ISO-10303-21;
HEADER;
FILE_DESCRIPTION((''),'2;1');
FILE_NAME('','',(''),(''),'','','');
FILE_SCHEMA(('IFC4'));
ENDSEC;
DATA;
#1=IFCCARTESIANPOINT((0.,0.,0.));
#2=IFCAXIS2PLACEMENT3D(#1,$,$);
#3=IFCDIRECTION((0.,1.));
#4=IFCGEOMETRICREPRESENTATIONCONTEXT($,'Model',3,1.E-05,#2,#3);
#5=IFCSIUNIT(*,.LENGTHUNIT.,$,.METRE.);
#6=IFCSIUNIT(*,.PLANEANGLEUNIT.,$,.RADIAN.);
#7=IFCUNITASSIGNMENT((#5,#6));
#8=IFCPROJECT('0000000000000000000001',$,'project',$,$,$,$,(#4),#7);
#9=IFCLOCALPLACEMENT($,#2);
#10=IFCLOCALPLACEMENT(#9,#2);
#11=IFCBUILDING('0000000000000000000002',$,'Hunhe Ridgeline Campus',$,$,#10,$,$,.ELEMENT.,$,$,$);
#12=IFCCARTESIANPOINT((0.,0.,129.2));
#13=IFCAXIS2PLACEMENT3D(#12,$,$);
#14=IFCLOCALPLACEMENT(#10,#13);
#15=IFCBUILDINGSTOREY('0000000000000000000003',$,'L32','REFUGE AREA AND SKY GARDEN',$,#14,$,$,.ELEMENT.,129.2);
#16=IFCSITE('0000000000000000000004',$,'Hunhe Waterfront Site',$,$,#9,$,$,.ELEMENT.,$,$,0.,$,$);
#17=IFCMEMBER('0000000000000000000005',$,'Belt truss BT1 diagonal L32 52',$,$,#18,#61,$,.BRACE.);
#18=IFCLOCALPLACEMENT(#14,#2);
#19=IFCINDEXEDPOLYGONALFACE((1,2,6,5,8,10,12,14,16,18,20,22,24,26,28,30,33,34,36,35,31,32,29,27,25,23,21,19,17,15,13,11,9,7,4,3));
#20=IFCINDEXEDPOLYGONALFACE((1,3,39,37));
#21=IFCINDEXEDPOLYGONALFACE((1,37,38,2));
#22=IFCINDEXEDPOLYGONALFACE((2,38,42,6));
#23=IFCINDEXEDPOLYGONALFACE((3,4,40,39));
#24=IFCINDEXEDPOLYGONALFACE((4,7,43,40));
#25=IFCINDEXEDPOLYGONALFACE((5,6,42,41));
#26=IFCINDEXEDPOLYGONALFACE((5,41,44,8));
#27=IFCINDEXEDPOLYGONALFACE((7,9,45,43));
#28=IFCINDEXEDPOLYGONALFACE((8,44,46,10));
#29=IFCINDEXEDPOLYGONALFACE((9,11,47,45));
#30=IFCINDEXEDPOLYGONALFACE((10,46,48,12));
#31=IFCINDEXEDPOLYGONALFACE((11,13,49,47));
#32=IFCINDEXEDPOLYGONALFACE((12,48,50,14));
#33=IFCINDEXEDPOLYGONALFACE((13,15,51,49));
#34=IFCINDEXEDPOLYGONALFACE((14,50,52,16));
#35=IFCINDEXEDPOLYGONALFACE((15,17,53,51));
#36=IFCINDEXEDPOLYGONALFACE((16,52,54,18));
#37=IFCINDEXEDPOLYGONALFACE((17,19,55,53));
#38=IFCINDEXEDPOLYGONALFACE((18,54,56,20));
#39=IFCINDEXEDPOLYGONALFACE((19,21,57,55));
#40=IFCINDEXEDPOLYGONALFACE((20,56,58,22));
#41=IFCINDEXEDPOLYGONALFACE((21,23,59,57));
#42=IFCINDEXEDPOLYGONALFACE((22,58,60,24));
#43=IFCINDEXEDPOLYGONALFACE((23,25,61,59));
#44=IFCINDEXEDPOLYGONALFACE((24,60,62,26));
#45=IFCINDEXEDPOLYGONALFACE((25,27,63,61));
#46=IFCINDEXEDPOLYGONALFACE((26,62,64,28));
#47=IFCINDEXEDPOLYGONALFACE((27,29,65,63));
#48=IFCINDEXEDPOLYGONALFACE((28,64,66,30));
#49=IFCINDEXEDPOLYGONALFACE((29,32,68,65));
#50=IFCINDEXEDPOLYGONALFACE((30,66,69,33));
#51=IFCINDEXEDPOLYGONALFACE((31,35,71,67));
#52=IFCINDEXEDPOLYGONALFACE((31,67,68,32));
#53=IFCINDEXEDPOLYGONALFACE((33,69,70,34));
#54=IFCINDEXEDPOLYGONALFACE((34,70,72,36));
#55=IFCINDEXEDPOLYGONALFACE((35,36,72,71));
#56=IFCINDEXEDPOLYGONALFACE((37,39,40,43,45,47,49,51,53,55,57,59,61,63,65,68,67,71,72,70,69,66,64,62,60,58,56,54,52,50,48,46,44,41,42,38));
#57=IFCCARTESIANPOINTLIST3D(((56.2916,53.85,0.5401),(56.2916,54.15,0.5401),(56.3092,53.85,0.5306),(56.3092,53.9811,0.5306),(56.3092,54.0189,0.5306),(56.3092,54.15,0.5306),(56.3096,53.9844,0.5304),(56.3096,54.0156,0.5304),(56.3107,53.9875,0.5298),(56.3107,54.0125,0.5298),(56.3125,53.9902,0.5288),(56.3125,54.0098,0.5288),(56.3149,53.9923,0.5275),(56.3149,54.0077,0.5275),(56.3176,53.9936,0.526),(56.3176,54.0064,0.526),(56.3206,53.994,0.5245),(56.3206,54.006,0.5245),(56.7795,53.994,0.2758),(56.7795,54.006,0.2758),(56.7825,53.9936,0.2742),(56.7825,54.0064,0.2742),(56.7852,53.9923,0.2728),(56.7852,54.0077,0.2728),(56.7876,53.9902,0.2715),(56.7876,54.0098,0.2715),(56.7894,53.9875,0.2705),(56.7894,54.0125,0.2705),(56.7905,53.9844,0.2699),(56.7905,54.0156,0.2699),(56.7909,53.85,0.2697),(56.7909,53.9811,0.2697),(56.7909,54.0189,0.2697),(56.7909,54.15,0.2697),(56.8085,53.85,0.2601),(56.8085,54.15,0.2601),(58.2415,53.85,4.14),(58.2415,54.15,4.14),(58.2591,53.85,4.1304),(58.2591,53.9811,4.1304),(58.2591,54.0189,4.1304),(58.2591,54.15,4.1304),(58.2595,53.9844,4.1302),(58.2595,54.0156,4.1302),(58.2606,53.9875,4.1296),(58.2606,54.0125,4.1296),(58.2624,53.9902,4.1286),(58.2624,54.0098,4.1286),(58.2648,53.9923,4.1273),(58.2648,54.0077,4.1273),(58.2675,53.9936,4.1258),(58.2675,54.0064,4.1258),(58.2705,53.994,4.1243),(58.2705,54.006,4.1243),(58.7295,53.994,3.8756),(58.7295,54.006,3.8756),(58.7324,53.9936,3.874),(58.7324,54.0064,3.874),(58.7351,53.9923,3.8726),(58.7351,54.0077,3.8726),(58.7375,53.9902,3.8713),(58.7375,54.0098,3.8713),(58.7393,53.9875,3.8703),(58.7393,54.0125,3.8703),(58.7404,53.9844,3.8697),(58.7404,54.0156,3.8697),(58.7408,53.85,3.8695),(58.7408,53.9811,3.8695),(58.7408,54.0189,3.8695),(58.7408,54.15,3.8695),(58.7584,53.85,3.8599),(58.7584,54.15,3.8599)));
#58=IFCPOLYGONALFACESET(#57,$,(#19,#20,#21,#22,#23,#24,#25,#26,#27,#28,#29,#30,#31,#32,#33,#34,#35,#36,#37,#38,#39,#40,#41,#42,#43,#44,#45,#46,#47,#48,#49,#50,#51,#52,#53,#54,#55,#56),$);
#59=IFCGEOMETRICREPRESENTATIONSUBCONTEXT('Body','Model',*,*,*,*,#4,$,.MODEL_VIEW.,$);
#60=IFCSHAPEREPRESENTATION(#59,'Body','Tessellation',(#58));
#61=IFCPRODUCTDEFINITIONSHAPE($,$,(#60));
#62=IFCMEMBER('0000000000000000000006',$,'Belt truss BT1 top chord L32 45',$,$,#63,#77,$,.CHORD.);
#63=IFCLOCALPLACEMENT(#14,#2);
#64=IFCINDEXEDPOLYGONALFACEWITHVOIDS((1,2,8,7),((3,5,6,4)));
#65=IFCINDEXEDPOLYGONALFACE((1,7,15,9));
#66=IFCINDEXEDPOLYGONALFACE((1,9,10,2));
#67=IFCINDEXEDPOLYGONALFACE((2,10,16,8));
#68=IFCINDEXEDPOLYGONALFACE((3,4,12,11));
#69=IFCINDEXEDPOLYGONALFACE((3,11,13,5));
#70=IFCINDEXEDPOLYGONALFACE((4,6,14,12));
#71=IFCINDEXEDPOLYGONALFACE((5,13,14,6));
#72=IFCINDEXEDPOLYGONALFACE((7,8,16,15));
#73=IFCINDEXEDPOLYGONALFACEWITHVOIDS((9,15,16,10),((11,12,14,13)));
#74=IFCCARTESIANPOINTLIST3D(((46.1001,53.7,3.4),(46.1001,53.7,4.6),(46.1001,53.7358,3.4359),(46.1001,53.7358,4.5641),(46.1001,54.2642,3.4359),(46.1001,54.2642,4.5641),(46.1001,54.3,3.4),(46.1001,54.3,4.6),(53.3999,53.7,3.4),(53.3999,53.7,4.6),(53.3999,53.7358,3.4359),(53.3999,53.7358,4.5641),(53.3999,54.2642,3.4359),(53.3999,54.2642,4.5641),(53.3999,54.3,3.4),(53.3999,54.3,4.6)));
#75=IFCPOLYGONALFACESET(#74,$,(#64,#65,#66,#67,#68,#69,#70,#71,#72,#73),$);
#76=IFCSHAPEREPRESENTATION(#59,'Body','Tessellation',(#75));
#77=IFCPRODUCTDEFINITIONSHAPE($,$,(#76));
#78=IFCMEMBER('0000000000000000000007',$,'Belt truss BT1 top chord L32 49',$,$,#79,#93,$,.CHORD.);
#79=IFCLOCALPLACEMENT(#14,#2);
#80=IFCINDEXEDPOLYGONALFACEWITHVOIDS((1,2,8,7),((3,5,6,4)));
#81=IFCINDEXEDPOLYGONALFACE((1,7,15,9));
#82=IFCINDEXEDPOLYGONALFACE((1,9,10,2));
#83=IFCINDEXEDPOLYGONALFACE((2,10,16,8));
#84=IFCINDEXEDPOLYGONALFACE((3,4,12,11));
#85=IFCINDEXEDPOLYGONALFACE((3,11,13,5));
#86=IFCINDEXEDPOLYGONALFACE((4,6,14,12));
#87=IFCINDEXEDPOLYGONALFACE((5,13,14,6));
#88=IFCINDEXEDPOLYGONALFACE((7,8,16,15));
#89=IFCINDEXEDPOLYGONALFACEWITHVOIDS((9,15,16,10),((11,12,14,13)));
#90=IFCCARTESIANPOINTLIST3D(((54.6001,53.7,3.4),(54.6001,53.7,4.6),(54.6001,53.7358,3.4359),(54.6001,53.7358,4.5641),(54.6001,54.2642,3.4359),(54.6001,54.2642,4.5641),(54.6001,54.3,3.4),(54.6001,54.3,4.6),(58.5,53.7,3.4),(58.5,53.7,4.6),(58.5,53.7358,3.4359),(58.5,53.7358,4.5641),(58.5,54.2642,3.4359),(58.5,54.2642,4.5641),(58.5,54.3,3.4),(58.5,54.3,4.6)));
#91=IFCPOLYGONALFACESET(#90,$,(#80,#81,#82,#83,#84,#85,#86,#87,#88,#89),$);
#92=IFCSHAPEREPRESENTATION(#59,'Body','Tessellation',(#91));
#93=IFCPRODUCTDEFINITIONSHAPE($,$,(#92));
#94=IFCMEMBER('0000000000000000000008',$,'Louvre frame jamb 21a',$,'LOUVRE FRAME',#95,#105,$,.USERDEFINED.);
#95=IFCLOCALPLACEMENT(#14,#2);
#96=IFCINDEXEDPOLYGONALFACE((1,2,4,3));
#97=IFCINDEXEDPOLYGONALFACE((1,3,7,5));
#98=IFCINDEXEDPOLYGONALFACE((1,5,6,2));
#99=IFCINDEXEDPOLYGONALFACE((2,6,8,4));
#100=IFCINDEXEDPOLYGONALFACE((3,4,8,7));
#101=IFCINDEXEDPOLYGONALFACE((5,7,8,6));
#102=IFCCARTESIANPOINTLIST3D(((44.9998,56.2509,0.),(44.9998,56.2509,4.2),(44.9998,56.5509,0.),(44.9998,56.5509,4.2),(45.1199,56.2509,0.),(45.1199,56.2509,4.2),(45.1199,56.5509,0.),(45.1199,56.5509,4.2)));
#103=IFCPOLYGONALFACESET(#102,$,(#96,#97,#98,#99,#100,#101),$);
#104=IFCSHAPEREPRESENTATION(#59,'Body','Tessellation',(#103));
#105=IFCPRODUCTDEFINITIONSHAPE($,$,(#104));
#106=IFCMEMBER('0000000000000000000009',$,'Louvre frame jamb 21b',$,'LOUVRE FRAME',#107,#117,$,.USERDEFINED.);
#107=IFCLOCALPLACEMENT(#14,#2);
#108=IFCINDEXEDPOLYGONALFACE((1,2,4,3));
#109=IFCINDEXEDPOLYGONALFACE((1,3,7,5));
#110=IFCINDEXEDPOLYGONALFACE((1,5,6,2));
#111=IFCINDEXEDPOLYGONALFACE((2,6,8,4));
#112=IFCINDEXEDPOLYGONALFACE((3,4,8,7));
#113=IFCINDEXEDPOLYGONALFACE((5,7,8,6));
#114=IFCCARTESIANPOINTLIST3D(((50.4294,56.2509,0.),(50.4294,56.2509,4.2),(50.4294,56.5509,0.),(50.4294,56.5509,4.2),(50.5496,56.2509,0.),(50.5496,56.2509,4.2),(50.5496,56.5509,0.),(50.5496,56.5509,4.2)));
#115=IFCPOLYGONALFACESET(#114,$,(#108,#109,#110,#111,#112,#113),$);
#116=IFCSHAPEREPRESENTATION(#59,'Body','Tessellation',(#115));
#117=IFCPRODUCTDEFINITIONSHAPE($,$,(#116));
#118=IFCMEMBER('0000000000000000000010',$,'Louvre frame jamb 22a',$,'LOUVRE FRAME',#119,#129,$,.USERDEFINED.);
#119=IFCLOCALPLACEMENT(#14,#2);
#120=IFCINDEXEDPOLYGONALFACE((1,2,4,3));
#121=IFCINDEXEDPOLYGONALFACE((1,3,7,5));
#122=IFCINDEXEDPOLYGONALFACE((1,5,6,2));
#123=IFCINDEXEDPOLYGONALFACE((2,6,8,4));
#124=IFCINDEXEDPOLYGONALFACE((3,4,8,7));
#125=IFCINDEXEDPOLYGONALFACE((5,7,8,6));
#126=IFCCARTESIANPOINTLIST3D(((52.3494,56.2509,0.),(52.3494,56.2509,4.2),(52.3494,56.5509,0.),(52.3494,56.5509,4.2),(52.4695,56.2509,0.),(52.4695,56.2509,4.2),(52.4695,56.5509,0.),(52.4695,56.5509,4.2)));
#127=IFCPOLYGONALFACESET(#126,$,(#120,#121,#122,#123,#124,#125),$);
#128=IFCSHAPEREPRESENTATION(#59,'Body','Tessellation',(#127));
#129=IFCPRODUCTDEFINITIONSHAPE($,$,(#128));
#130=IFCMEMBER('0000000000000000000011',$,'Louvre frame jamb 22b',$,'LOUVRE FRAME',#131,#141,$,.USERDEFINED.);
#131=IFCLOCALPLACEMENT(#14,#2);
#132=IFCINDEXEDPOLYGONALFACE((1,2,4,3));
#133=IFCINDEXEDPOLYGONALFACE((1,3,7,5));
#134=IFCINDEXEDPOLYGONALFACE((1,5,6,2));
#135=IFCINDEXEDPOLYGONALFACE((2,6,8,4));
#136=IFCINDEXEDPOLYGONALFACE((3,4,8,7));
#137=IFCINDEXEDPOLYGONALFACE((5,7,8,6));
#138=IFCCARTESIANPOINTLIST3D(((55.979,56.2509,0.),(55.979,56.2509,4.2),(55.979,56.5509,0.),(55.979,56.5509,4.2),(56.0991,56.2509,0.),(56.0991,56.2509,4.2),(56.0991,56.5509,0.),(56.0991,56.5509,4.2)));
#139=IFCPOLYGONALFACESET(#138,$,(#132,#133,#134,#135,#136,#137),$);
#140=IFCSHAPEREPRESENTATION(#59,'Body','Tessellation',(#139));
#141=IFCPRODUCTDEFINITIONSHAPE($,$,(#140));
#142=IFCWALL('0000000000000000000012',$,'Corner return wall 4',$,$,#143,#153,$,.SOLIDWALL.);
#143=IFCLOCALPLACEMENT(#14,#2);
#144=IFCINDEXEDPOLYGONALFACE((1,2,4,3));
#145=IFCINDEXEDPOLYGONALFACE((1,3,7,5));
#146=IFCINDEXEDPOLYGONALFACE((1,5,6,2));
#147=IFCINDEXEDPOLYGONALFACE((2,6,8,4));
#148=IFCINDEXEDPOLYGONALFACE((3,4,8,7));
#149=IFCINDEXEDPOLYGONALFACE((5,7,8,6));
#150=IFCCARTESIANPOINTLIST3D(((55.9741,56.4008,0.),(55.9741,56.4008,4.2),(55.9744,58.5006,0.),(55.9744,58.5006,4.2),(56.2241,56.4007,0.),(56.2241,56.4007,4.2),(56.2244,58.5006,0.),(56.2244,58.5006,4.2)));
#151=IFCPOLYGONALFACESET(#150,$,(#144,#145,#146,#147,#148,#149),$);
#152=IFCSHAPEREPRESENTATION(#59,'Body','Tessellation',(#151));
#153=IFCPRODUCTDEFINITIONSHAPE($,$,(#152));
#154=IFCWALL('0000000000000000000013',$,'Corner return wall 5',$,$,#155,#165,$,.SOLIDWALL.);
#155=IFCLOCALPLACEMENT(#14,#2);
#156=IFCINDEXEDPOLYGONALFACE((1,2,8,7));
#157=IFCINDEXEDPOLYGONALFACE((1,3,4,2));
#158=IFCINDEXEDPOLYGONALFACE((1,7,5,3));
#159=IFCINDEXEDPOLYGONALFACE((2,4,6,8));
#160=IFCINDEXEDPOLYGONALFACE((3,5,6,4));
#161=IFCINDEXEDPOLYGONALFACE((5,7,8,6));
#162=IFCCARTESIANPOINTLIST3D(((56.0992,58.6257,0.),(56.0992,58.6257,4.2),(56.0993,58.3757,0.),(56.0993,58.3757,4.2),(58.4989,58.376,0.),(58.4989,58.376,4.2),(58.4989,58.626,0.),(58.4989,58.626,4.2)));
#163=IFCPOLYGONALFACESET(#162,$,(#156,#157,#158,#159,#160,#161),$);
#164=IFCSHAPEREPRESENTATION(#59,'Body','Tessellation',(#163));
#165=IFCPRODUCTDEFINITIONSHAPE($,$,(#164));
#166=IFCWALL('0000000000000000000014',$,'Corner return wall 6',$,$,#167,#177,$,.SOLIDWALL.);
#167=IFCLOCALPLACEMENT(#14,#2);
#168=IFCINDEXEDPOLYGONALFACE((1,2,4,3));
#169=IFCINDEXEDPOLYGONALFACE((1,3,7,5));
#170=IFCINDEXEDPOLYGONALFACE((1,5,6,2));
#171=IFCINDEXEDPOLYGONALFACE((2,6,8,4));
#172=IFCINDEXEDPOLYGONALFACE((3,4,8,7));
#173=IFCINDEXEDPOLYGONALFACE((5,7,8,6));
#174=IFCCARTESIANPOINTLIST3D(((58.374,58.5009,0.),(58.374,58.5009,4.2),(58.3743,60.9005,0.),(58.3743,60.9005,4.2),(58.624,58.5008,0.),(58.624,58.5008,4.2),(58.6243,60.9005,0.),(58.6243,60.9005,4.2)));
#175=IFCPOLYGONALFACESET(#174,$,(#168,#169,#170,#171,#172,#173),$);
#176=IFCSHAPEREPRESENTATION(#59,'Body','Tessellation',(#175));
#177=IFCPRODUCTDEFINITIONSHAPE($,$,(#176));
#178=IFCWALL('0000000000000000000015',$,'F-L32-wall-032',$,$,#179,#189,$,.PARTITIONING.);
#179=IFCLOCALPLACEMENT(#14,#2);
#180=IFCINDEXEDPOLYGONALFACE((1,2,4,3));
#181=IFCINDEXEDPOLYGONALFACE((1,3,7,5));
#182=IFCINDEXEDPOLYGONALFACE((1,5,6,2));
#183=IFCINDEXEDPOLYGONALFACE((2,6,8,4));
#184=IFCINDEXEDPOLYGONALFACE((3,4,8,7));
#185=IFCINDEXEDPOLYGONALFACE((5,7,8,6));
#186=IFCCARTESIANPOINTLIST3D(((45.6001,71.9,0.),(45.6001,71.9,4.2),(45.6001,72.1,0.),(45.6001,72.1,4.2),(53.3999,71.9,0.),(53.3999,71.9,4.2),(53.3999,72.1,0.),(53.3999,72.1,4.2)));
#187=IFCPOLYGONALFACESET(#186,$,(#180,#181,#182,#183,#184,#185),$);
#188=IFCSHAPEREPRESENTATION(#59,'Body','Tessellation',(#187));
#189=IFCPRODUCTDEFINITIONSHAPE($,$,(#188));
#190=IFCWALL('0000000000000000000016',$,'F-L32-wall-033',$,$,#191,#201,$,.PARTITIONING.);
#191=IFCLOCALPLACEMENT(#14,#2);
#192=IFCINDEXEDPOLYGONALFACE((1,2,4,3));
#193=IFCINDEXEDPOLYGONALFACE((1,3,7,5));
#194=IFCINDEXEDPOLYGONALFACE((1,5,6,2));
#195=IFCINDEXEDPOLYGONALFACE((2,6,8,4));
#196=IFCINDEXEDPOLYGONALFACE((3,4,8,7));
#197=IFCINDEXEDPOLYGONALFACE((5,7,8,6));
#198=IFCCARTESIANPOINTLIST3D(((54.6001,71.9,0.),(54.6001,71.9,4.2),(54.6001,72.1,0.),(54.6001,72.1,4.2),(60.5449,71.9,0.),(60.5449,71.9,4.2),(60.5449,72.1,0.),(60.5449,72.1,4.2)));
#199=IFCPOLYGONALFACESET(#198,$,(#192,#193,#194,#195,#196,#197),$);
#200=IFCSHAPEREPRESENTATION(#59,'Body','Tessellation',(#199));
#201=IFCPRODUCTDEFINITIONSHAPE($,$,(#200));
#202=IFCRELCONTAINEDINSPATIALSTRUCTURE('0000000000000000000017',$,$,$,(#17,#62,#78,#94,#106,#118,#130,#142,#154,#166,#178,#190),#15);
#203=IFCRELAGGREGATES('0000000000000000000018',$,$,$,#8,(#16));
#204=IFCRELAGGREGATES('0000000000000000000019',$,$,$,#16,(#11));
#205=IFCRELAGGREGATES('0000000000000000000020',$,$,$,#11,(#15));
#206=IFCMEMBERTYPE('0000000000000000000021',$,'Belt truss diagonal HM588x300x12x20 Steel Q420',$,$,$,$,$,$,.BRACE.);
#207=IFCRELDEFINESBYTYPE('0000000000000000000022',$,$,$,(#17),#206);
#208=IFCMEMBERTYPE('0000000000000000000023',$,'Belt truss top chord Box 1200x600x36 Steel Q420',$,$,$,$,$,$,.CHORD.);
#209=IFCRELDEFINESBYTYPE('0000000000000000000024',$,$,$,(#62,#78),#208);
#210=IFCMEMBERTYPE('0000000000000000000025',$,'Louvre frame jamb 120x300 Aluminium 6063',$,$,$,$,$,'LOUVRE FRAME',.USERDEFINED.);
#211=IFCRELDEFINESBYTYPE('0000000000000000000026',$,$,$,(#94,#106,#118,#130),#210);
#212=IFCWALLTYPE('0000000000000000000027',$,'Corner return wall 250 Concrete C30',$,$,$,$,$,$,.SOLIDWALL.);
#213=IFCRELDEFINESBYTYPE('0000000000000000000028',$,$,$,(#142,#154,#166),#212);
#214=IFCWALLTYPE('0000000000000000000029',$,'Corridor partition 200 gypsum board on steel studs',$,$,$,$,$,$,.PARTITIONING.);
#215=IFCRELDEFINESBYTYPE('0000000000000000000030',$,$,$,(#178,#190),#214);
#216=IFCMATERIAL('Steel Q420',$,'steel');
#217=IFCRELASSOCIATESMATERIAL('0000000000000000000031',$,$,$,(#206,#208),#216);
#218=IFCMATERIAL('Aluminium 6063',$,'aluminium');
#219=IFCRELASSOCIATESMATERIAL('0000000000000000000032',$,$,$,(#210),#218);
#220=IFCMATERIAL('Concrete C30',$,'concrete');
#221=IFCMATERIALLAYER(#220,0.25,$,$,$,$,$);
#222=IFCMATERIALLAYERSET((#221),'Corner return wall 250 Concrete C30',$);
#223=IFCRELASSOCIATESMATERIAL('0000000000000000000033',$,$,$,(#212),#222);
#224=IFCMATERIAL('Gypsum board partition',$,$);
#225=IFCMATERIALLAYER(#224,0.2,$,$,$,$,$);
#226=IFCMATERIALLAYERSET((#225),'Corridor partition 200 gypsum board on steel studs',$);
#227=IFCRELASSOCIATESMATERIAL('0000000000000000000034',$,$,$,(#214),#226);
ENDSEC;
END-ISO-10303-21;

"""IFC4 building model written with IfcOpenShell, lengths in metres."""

from ifc_helpers import new_model, si_unit, direction, frame, frame_2d, origin, origin_2d, place, context, subcontext, project, spatial, rectangle, hollow_rectangle, i_section, extrude, material, layer, layer_set, material_profile, profile_set, type_object, element, save


model = new_model("IFC4")

# Units and contexts
model_context = context("Model", 3, precision=1e-05, world=origin(), true_north=direction((0.0, 1.0)))
body_context = subcontext(model_context, "Body", "Model", "MODEL_VIEW")
ifc_project = project(units=[si_unit("LENGTHUNIT", "METRE"), si_unit("PLANEANGLEUNIT", "RADIAN")], contexts=[model_context])

# Site, building, storey
site_placement = place(None, origin())
site = spatial("IfcSite", under=ifc_project, at=site_placement, Name="Hunhe Waterfront Site", CompositionType="ELEMENT", RefElevation=0.0)
building_placement = place(site_placement, origin())
building = spatial("IfcBuilding", under=site, at=building_placement, Name="Hunhe Ridgeline Campus", CompositionType="ELEMENT")
storey_placement = place(building_placement, frame((0.0, 0.0, 129.2)))
storey = spatial("IfcBuildingStorey", under=building, at=storey_placement, Name="L32", Description="REFUGE AREA AND SKY GARDEN", CompositionType="ELEMENT", Elevation=129.2)

# Members
ifc_material_1 = material(Name="Steel Q420", Category="steel")
ifc_material_profile_1 = material_profile(ifc_material_1, i_section(OverallWidth=0.3, OverallDepth=0.5879, WebThickness=0.012, FlangeThickness=0.02, FilletRadius=0.0129, at=origin_2d()))
ifc_profile_set_1 = profile_set([ifc_material_profile_1], Name="Steel Q420")
member_type_1 = type_object("IfcMemberType", Name="Belt truss diagonal HM588x300x12x20 Steel Q420", PredefinedType="BRACE", material=ifc_profile_set_1)
for number, where, z_axis, x_axis, name in (
    (1, (56.55, 54.0, 0.4001), (0.476289, 0.0, 0.879289), (0.0, 1.0, 0.0), "Belt truss BT1 diagonal L32 52"),
):
    element("IfcMember", number, at=place(storey_placement, frame(where, z_axis=z_axis, x_axis=x_axis)), inside=storey, type_object=member_type_1, Name=name, PredefinedType="BRACE", context=body_context, shape_type="SweptSolid", body=[
        extrude(i_section(OverallWidth=0.3, OverallDepth=0.5879, WebThickness=0.012, FlangeThickness=0.02, FilletRadius=0.0129, at=origin_2d()), origin(), (0.0, 0.0, 1.0), 4.094),
    ])
ifc_material_profile_2 = material_profile(ifc_material_1, hollow_rectangle(XDim=0.6001, YDim=1.2, WallThickness=0.0359, at=origin_2d()))
ifc_profile_set_2 = profile_set([ifc_material_profile_2], Name="Steel Q420")
member_type_2 = type_object("IfcMemberType", Name="Belt truss top chord Box 1200x600x36 Steel Q420", PredefinedType="CHORD", material=ifc_profile_set_2)
member_1_placement = place(storey_placement, frame((46.1001, 54.0, 4.0), z_axis=(1.0, 0.0, 0.0), x_axis=(0.0, 1.0, 0.0)))
element("IfcMember", 2, at=member_1_placement, inside=storey, type_object=member_type_2, Name="Belt truss BT1 top chord L32 45", PredefinedType="CHORD", context=body_context, shape_type="SweptSolid", body=[
    extrude(hollow_rectangle(XDim=0.6001, YDim=1.2, WallThickness=0.0359, at=origin_2d()), origin(), (0.0, 0.0, 1.0), 7.2998),
])
member_2_placement = place(storey_placement, frame((54.6001, 54.0, 4.0), z_axis=(1.0, 0.0, 0.0), x_axis=(0.0, 1.0, 0.0)))
element("IfcMember", 3, at=member_2_placement, inside=storey, type_object=member_type_2, Name="Belt truss BT1 top chord L32 49", PredefinedType="CHORD", context=body_context, shape_type="SweptSolid", body=[
    extrude(hollow_rectangle(XDim=0.6001, YDim=1.2, WallThickness=0.0359, at=origin_2d()), origin(), (0.0, 0.0, 1.0), 3.8999),
])
ifc_material_2 = material(Name="Aluminium 6063", Category="aluminium")
ifc_material_profile_3 = material_profile(ifc_material_2, rectangle(XDim=0.3, YDim=0.1201, at=origin_2d()))
ifc_profile_set_3 = profile_set([ifc_material_profile_3], Name="Aluminium 6063")
member_type_3 = type_object("IfcMemberType", Name="Louvre frame jamb 120x300 Aluminium 6063", ElementType="LOUVRE FRAME", PredefinedType="USERDEFINED", material=ifc_profile_set_3)
for number, where, z_axis, x_axis, name in (
    (4, (45.0598, 56.4009, 0.0), (0.0, 0.0, 1.0), (-0.000002, 1.0, 0.0), "Louvre frame jamb 21a"),
    (5, (50.4895, 56.4009, 0.0), (0.0, 0.0, 1.0), (-0.000002, 1.0, 0.0), "Louvre frame jamb 21b"),
    (6, (52.4094, 56.4009, 0.0), (0.0, 0.0, 1.0), (-0.000002, 1.0, 0.0), "Louvre frame jamb 22a"),
    (7, (56.0391, 56.4009, 0.0), (0.0, 0.0, 1.0), (-0.000002, 1.0, 0.0), "Louvre frame jamb 22b"),
):
    element("IfcMember", number, at=place(storey_placement, frame(where, z_axis=z_axis, x_axis=x_axis)), inside=storey, type_object=member_type_3, Name=name, ObjectType="LOUVRE FRAME", PredefinedType="USERDEFINED", context=body_context, shape_type="SweptSolid", body=[
        extrude(rectangle(XDim=0.3, YDim=0.1201, at=origin_2d()), origin(), (0.0, 0.0, 1.0), 4.2),
    ])

# Walls
ifc_material_3 = material(Name="Concrete C30", Category="concrete")
ifc_layer_1 = layer(ifc_material_3, 0.25)
ifc_layer_set_1 = layer_set([ifc_layer_1], Name="Corner return wall 250 Concrete C30")
wall_type_1 = type_object("IfcWallType", Name="Corner return wall 250 Concrete C30", PredefinedType="SOLIDWALL", material=ifc_layer_set_1)
wall_1_placement = place(storey_placement, frame((56.0991, 56.4009, 0.0), z_axis=(0.0, 0.0, 1.0), x_axis=(0.000116, 1.0, 0.0)))
element("IfcWall", 8, at=wall_1_placement, inside=storey, type_object=wall_type_1, Name="Corner return wall 4", PredefinedType="SOLIDWALL", context=body_context, shape_type="SweptSolid", body=[
    extrude(rectangle(XDim=2.0999, YDim=0.25, at=frame_2d((1.0498, 0.0))), origin(), (0.0, 0.0, 1.0), 4.2),
])
for number, where, z_axis, x_axis, name in (
    (9, (56.0994, 58.5007, 0.0), (0.0, 0.0, 1.0), (1.0, 0.000102, 0.0), "Corner return wall 5"),
    (10, (58.499, 58.501, 0.0), (0.0, 0.0, 1.0), (0.000102, 1.0, 0.0), "Corner return wall 6"),
):
    element("IfcWall", number, at=place(storey_placement, frame(where, z_axis=z_axis, x_axis=x_axis)), inside=storey, type_object=wall_type_1, Name=name, PredefinedType="SOLIDWALL", context=body_context, shape_type="SweptSolid", body=[
        extrude(rectangle(XDim=2.3997, YDim=0.25, at=frame_2d((1.1997, 0.0))), origin(), (0.0, 0.0, 1.0), 4.2),
    ])
ifc_material_4 = material(Name="Gypsum board partition")
ifc_layer_2 = layer(ifc_material_4, 0.2)
ifc_layer_set_2 = layer_set([ifc_layer_2], Name="Corridor partition 200 gypsum board on steel studs")
wall_type_2 = type_object("IfcWallType", Name="Corridor partition 200 gypsum board on steel studs", PredefinedType="PARTITIONING", material=ifc_layer_set_2)
wall_2_placement = place(storey_placement, frame((45.6001, 72.0, 0.0), z_axis=(0.0, 0.0, 1.0), x_axis=(1.0, 0.0, 0.0)))
element("IfcWall", 11, at=wall_2_placement, inside=storey, type_object=wall_type_2, Name="F-L32-wall-032", PredefinedType="PARTITIONING", context=body_context, shape_type="SweptSolid", body=[
    extrude(rectangle(XDim=7.7998, YDim=0.2, at=frame_2d((3.8999, 0.0))), origin(), (0.0, 0.0, 1.0), 4.2),
])
wall_3_placement = place(storey_placement, frame((54.6001, 72.0, 0.0), z_axis=(0.0, 0.0, 1.0), x_axis=(1.0, 0.0, 0.0)))
element("IfcWall", 12, at=wall_3_placement, inside=storey, type_object=wall_type_2, Name="F-L32-wall-033", PredefinedType="PARTITIONING", context=body_context, shape_type="SweptSolid", body=[
    extrude(rectangle(XDim=5.9448, YDim=0.2, at=frame_2d((2.9724, 0.0))), origin(), (0.0, 0.0, 1.0), 4.2),
])

save(model, "model.ifc")
